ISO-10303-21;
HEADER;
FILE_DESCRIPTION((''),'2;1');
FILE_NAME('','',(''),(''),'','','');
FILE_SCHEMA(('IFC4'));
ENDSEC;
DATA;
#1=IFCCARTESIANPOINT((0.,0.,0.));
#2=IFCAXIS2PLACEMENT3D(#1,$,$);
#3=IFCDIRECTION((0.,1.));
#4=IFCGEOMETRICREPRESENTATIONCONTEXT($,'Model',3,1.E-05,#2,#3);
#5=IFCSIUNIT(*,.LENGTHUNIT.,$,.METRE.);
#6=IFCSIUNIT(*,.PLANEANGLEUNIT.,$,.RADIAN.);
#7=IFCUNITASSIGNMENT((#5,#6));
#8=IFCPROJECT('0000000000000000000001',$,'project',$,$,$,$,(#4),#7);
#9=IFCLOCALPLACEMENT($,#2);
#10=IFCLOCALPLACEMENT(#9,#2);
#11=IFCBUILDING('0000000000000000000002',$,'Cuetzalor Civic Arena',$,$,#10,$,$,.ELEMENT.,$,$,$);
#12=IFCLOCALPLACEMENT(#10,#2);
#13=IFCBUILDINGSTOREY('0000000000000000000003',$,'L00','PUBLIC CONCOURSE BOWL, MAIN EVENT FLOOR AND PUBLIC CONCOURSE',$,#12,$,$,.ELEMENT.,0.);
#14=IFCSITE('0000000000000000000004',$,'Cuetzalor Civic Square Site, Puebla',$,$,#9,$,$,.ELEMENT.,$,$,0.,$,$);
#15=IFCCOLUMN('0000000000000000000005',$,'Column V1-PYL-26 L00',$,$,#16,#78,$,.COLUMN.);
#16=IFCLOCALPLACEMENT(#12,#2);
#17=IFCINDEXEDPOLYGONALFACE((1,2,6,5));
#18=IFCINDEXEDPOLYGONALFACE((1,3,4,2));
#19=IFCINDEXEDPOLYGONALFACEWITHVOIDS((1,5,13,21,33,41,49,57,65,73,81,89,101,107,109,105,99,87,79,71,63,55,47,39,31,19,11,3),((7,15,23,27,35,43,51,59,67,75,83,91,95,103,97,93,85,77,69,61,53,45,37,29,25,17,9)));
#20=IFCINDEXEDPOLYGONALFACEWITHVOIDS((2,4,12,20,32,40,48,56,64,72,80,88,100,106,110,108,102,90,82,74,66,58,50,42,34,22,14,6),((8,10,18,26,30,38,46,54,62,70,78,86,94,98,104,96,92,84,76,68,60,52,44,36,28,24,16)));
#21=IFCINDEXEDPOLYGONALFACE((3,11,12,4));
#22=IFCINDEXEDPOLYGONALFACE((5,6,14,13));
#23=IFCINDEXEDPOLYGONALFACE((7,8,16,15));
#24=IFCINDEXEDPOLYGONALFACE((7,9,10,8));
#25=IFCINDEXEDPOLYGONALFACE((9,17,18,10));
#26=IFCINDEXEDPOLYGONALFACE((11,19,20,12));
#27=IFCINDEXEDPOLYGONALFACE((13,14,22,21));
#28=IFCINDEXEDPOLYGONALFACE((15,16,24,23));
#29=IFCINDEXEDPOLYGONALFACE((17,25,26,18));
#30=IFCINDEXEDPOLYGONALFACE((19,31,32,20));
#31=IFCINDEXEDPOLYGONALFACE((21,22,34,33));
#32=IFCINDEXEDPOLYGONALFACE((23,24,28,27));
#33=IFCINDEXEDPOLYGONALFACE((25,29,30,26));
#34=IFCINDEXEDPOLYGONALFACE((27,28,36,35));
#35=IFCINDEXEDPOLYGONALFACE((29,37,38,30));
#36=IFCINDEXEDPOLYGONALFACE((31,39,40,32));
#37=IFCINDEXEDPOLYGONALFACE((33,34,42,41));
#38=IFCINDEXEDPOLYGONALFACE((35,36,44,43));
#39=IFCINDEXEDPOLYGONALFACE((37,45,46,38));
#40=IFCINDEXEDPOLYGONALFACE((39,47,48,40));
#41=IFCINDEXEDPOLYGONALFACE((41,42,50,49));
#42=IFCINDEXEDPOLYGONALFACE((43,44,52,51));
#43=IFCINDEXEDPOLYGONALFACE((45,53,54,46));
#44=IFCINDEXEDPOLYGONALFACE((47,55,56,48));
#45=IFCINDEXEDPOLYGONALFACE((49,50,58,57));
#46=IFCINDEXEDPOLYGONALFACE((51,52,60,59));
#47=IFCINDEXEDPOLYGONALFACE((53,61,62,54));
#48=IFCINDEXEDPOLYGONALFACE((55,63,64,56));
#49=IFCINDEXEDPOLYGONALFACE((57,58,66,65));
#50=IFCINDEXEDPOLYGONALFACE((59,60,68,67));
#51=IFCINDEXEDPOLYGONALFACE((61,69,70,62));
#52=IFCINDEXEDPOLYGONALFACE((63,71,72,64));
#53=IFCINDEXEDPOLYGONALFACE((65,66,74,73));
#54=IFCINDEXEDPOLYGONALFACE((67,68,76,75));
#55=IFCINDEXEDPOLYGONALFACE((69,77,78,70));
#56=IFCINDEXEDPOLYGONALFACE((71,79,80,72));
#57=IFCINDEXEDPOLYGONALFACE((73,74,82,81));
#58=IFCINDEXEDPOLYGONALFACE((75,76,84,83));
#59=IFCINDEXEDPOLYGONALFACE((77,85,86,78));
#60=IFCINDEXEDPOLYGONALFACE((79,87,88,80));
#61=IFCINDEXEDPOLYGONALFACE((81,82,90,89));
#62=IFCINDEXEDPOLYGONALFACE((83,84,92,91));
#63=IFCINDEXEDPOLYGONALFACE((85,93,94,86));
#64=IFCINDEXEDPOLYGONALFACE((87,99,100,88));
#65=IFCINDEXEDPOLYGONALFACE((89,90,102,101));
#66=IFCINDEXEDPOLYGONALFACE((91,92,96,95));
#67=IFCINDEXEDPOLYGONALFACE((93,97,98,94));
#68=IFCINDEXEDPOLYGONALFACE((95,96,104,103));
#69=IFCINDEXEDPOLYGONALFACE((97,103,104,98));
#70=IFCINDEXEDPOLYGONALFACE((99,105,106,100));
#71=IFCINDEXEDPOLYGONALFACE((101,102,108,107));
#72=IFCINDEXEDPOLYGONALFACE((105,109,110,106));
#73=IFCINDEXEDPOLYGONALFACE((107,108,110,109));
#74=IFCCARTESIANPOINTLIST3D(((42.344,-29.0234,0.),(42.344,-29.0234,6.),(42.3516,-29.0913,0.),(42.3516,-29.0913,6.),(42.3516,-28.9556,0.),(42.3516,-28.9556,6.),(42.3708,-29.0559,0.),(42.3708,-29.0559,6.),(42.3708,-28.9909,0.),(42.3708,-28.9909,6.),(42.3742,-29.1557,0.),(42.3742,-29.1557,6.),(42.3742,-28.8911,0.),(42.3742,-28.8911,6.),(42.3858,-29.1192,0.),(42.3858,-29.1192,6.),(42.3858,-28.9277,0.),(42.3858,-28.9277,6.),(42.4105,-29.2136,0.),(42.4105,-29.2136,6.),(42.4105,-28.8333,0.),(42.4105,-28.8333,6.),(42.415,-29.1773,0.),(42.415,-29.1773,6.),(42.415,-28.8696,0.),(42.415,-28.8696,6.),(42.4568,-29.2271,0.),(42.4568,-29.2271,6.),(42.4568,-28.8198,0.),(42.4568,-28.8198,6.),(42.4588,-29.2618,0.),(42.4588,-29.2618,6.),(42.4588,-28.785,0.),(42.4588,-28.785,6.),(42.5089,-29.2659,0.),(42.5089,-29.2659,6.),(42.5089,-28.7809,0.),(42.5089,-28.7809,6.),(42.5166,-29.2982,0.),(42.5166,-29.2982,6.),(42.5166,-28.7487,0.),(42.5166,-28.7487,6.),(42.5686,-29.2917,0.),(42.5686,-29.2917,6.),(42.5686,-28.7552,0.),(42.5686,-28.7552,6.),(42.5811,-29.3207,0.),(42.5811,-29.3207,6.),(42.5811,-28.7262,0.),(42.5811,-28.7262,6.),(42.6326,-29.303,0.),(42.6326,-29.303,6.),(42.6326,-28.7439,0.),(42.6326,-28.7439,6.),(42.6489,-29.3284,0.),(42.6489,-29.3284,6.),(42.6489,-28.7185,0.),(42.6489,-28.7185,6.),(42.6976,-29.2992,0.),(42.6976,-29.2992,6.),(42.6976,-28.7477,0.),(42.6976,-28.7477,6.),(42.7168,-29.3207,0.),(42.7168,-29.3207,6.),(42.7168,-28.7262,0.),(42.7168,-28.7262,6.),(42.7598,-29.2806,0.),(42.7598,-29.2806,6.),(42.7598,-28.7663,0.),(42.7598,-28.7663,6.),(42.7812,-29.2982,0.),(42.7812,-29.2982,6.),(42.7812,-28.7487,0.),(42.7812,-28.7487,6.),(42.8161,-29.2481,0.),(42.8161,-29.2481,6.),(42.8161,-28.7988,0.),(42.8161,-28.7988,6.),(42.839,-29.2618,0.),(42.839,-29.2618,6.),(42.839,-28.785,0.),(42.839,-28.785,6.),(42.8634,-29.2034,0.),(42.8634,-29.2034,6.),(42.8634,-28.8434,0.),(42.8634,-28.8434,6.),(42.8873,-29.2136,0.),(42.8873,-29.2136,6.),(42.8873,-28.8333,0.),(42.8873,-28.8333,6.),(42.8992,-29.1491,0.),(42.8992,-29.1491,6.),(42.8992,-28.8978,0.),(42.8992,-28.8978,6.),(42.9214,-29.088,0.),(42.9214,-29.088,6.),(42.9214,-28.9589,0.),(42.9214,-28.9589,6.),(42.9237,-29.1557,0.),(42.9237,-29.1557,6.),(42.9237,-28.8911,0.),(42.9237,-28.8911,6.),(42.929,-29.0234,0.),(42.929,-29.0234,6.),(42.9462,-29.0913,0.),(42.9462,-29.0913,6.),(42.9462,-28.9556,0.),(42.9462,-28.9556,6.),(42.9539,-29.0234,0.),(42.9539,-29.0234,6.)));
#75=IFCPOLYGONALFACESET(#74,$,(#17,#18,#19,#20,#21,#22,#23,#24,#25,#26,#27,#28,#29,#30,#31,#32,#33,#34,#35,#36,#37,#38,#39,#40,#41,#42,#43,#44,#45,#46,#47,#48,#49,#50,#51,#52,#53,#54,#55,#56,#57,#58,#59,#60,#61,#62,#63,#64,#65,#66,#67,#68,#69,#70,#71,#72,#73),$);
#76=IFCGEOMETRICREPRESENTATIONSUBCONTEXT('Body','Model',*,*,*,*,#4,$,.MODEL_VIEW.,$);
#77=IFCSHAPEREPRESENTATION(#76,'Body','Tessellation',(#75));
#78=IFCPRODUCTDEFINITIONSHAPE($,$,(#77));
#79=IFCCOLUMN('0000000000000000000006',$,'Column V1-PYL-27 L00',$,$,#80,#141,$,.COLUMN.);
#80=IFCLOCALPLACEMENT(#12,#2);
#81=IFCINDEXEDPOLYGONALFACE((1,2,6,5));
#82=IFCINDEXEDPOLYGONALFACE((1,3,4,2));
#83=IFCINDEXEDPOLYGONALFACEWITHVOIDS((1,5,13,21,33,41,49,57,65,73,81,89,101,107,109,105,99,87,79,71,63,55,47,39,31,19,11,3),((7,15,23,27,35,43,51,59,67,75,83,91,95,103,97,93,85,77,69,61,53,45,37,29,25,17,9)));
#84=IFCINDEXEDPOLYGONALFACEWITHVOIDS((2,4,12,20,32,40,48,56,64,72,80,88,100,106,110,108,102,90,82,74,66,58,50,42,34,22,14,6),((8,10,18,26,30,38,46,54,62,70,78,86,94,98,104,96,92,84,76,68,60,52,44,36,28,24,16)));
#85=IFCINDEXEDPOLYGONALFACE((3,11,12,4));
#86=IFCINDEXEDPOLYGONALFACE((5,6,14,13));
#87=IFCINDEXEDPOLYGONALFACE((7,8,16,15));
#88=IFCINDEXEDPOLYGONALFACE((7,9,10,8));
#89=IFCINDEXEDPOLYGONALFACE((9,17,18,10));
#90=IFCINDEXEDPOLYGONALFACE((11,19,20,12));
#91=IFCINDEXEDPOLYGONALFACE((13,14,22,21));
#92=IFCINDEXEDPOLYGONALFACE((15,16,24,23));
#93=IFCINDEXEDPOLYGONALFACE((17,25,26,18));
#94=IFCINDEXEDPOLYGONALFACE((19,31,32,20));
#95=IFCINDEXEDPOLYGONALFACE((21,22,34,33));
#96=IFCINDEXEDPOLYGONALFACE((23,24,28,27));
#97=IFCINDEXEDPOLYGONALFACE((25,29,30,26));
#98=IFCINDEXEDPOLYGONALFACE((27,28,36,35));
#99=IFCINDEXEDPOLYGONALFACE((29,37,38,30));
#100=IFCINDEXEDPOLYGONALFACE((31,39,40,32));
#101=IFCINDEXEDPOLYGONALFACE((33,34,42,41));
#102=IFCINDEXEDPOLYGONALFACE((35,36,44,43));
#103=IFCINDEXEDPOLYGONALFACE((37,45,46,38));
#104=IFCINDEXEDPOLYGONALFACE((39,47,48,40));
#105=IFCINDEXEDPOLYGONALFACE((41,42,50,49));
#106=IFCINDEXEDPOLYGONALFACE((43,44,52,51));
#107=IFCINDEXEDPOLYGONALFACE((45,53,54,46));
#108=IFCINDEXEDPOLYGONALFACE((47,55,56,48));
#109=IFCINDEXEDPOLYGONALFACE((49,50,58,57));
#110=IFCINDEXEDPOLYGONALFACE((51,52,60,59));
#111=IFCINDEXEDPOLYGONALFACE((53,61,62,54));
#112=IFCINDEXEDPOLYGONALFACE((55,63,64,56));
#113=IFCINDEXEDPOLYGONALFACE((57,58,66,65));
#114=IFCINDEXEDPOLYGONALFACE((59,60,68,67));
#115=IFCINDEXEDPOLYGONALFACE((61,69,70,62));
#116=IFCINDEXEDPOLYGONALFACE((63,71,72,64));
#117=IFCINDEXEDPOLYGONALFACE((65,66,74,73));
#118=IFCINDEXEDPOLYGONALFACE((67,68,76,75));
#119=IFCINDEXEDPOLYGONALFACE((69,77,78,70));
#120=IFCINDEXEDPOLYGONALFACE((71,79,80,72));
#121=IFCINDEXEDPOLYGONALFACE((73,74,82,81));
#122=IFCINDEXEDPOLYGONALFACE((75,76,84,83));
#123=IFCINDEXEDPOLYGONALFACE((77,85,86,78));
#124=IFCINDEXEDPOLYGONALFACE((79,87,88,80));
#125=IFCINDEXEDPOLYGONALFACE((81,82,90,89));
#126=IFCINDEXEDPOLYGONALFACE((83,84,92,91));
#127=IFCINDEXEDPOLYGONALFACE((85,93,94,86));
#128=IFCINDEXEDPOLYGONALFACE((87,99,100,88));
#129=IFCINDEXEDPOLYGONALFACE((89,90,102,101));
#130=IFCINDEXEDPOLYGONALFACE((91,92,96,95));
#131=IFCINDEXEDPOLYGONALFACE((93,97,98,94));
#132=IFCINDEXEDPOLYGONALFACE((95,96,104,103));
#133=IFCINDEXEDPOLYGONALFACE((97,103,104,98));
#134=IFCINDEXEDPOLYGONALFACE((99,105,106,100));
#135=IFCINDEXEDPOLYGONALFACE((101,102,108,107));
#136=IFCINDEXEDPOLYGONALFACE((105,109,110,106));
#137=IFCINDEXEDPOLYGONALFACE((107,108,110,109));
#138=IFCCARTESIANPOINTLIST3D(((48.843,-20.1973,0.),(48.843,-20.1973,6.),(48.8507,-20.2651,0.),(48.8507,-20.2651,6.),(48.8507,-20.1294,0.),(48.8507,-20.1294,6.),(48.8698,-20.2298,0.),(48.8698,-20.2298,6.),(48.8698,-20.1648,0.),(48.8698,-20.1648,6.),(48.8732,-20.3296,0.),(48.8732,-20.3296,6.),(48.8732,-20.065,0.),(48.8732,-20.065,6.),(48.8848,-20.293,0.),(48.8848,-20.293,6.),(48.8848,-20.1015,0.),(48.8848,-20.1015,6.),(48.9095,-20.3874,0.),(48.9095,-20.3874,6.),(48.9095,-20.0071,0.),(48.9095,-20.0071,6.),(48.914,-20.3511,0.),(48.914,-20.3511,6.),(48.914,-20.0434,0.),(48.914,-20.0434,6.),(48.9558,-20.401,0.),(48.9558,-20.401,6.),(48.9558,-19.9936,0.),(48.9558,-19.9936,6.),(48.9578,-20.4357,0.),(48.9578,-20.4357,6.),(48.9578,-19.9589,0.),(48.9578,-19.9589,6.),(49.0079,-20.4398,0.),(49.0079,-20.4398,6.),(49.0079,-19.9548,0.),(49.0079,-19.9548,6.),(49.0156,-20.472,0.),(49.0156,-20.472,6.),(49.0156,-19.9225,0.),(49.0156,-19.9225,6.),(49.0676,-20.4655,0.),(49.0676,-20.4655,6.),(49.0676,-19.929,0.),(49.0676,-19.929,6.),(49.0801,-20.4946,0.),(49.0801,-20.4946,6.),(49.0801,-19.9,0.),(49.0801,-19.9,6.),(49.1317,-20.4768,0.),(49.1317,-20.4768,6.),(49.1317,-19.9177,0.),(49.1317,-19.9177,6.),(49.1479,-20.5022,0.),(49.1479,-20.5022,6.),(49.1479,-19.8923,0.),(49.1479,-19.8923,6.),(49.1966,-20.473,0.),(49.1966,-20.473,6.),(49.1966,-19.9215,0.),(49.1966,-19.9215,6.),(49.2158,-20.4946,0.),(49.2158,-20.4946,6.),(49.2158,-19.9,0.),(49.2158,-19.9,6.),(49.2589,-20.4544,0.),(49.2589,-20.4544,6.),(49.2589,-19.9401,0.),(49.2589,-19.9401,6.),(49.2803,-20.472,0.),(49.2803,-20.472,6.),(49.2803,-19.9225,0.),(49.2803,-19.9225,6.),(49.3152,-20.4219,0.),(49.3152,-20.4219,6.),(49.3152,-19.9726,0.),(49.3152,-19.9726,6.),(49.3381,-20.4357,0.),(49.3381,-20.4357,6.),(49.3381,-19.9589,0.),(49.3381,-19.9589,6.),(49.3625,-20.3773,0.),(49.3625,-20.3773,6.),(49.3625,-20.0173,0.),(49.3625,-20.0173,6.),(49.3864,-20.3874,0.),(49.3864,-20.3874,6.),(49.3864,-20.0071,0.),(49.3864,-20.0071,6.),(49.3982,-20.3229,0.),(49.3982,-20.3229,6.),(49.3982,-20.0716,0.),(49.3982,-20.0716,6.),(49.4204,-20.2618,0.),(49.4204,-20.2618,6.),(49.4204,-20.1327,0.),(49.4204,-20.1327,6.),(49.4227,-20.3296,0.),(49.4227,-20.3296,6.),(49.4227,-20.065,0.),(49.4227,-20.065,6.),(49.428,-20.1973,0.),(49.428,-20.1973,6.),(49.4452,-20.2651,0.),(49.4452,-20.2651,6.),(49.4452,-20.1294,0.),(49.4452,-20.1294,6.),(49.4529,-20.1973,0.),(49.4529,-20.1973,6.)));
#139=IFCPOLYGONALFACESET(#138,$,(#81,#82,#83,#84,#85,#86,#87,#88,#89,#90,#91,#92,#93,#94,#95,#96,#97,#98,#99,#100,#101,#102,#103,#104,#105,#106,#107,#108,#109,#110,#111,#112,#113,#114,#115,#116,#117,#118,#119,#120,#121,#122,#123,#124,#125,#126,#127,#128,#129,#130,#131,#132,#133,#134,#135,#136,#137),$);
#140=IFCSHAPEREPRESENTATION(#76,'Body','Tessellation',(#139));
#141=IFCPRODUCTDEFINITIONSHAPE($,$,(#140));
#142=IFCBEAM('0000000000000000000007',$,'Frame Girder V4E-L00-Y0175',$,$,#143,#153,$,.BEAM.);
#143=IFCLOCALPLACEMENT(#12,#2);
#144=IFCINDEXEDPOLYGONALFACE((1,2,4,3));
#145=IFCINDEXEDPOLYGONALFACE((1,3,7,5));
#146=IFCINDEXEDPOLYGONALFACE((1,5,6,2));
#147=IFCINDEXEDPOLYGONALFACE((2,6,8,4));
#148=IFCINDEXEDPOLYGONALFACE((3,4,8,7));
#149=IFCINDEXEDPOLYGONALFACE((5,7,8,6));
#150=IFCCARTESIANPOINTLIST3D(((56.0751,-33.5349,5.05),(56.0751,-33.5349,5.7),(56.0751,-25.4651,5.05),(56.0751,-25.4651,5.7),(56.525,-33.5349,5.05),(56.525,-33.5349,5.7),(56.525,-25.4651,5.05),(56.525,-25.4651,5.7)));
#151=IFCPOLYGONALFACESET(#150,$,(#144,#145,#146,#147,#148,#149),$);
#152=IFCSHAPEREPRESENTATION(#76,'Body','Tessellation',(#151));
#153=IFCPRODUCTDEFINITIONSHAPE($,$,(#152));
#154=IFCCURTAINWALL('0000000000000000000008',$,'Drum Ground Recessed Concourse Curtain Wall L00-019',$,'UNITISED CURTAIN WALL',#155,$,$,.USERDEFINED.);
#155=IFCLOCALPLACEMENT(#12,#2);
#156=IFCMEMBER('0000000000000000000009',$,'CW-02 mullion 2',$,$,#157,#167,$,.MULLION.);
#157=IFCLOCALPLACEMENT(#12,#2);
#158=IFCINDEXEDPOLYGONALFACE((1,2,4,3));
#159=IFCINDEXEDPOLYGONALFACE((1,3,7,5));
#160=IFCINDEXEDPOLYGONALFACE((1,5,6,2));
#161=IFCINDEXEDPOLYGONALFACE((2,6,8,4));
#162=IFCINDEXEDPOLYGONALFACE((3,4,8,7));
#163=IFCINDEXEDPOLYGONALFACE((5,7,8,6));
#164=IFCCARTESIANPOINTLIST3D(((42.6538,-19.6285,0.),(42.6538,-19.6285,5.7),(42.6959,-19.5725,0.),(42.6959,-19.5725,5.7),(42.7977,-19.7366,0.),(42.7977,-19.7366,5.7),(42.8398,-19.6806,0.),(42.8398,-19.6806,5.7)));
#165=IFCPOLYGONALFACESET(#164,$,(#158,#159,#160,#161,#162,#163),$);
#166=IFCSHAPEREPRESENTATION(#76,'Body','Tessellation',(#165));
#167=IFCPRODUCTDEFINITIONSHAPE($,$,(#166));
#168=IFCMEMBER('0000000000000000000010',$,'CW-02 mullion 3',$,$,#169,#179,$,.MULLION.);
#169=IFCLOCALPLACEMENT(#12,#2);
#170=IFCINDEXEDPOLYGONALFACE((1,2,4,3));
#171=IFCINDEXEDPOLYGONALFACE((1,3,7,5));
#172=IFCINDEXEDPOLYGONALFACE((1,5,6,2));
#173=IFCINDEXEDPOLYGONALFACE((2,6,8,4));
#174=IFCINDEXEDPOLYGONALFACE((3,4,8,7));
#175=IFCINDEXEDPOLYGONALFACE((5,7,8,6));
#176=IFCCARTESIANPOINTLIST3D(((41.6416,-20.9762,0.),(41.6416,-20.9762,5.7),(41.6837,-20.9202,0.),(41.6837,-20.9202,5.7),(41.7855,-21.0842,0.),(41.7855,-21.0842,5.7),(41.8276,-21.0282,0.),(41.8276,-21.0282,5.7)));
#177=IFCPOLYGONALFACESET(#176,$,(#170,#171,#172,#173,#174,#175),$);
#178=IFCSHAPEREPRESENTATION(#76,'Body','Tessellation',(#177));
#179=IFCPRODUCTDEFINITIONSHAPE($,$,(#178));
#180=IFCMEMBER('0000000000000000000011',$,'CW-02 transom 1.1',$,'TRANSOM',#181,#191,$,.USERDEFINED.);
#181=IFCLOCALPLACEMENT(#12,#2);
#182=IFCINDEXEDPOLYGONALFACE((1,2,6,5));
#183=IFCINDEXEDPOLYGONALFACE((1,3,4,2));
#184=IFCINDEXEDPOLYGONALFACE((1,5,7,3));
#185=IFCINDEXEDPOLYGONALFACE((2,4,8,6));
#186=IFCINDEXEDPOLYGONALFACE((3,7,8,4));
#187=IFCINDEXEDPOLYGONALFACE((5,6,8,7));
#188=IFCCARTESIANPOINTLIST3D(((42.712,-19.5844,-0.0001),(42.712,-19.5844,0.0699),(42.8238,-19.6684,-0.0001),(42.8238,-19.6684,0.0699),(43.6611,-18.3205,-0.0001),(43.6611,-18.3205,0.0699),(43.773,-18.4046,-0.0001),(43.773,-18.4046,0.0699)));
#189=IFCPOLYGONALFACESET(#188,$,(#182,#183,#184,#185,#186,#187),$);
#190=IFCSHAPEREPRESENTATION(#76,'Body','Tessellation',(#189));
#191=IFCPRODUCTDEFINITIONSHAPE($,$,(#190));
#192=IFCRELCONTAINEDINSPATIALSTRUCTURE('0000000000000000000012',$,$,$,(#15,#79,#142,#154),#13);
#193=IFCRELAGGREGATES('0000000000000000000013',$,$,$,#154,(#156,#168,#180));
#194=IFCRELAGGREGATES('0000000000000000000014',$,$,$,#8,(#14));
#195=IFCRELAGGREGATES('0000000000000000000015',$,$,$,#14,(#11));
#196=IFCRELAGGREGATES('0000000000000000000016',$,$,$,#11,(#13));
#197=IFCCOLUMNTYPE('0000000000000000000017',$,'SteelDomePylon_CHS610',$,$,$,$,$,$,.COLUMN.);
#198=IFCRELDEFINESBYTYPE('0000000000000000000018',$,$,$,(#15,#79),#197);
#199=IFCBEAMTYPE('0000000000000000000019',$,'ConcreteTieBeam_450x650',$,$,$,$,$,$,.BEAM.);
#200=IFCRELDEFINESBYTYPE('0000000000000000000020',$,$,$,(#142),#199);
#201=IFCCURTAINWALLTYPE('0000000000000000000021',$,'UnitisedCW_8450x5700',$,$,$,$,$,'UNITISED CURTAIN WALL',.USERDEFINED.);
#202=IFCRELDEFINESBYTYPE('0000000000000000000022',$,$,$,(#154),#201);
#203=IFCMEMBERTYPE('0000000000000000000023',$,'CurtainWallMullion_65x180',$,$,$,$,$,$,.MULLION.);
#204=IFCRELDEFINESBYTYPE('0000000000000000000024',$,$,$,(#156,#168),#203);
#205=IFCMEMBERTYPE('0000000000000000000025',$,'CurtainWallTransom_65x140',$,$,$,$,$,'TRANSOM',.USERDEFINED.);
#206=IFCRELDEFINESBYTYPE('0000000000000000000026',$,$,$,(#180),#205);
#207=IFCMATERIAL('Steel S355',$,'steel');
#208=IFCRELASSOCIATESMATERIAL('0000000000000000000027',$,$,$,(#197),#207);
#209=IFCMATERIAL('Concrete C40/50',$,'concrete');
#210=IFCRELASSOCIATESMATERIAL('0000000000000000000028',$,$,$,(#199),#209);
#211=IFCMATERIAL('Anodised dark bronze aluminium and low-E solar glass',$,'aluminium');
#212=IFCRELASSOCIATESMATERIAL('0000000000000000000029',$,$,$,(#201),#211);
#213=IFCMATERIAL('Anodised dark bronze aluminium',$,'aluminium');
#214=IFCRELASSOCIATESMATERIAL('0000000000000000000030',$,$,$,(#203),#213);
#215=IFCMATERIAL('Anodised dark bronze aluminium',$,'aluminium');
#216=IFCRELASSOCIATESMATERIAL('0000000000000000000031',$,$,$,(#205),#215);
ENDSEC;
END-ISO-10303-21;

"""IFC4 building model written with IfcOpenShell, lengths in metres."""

from ifc_helpers import new_model, si_unit, direction, frame, origin, origin_2d, place, context, subcontext, project, spatial, rectangle, hollow_circle, extrude, material, material_profile, profile_set, type_object, element, aggregate, save


model = new_model("IFC4")

# Units and contexts
model_context = context("Model", 3, precision=1e-05, world=origin(), true_north=direction((0.0, 1.0)))
body_context = subcontext(model_context, "Body", "Model", "MODEL_VIEW")
ifc_project = project(units=[si_unit("LENGTHUNIT", "METRE"), si_unit("PLANEANGLEUNIT", "RADIAN")], contexts=[model_context])

# Site, building, storey
site_placement = place(None, origin())
site = spatial("IfcSite", under=ifc_project, at=site_placement, Name="Cuetzalor Civic Square Site, Puebla", CompositionType="ELEMENT", RefElevation=0.0)
building_placement = place(site_placement, origin())
building = spatial("IfcBuilding", under=site, at=building_placement, Name="Cuetzalor Civic Arena", CompositionType="ELEMENT")
storey_placement = place(building_placement, origin())
storey = spatial("IfcBuildingStorey", under=building, at=storey_placement, Name="L00", Description="PUBLIC CONCOURSE BOWL, MAIN EVENT FLOOR AND PUBLIC CONCOURSE", CompositionType="ELEMENT", Elevation=0.0)

# Columns
ifc_material_1 = material(Name="Steel S355", Category="steel")
ifc_material_profile_1 = material_profile(ifc_material_1, hollow_circle(Radius=0.3049, WallThickness=0.0249, at=origin_2d()), Name="CHS 610x25")
ifc_profile_set_1 = profile_set([ifc_material_profile_1], Name="Steel S355")
column_type = type_object("IfcColumnType", Name="SteelDomePylon_CHS610", PredefinedType="COLUMN", material=ifc_profile_set_1)
for number, where, z_axis, x_axis, name in (
    (1, (42.6489, -29.0234, 0.0), (0.0, 0.0, 1.0), (1.0, 0.0, 0.0), "Column V1-PYL-26 L00"),
    (2, (49.1479, -20.1973, 0.0), (0.0, 0.0, 1.0), (1.0, 0.0, 0.0), "Column V1-PYL-27 L00"),
):
    element("IfcColumn", number, at=place(storey_placement, frame(where, z_axis=z_axis, x_axis=x_axis)), inside=storey, type_object=column_type, Name=name, PredefinedType="COLUMN", context=body_context, shape_type="SweptSolid", body=[
        extrude(hollow_circle(Radius=0.3049, WallThickness=0.0249, at=origin_2d()), origin(), (0.0, 0.0, 1.0), 6.0),
    ])

# Beam
ifc_material_2 = material(Name="Concrete C40/50", Category="concrete")
ifc_material_profile_2 = material_profile(ifc_material_2, rectangle(XDim=0.45, YDim=0.6499, at=origin_2d()), Name="RC 450x650")
ifc_profile_set_2 = profile_set([ifc_material_profile_2], Name="Concrete C40/50")
beam_type_1 = type_object("IfcBeamType", Name="ConcreteTieBeam_450x650", PredefinedType="BEAM", material=ifc_profile_set_2)
beam_1_placement = place(storey_placement, frame((56.3, -33.5349, 5.375), z_axis=(0.0, 1.0, 0.0), x_axis=(-1.0, 0.0, 0.0)))
element("IfcBeam", 3, at=beam_1_placement, inside=storey, type_object=beam_type_1, Name="Frame Girder V4E-L00-Y0175", PredefinedType="BEAM", context=body_context, shape_type="SweptSolid", body=[
    extrude(rectangle(XDim=0.45, YDim=0.6499, at=origin_2d()), origin(), (0.0, 0.0, 1.0), 8.0698),
])

# Curtain wall, members
ifc_material_3 = material(Name="Anodised dark bronze aluminium and low-E solar glass", Category="aluminium")
curtain_wall_type = type_object("IfcCurtainWallType", Name="UnitisedCW_8450x5700", ElementType="UNITISED CURTAIN WALL", PredefinedType="USERDEFINED", material=ifc_material_3)
curtain_wall_placement = place(storey_placement, origin())
curtain_wall = element("IfcCurtainWall", 4, at=curtain_wall_placement, inside=storey, type_object=curtain_wall_type, Name="Drum Ground Recessed Concourse Curtain Wall L00-019", ObjectType="UNITISED CURTAIN WALL", PredefinedType="USERDEFINED")
ifc_material_4 = material(Name="Anodised dark bronze aluminium", Category="aluminium")
ifc_material_profile_3 = material_profile(ifc_material_4, rectangle(XDim=0.0701, YDim=0.1799, at=origin_2d()), Name="ALU MULLION 70x180")
ifc_profile_set_3 = profile_set([ifc_material_profile_3], Name="Anodised dark bronze aluminium")
member_type_1 = type_object("IfcMemberType", Name="CurtainWallMullion_65x180", PredefinedType="MULLION", material=ifc_profile_set_3)
member_1_placement = place(storey_placement, frame((42.7468, -19.6545, 0.0), z_axis=(0.0, 0.0, 1.0), x_axis=(-0.600492, -0.799631, 0.0)))
member_1 = element("IfcMember", 5, at=member_1_placement, type_object=member_type_1, Name="CW-02 mullion 2", PredefinedType="MULLION", context=body_context, shape_type="SweptSolid", body=[
    extrude(rectangle(XDim=0.0701, YDim=0.1799, at=origin_2d()), origin(), (0.0, 0.0, 1.0), 5.7),
])
member_2_placement = place(storey_placement, frame((41.7346, -21.0022, 0.0), z_axis=(0.0, 0.0, 1.0), x_axis=(-0.600492, -0.799631, 0.0)))
member_2 = element("IfcMember", 6, at=member_2_placement, type_object=member_type_1, Name="CW-02 mullion 3", PredefinedType="MULLION", context=body_context, shape_type="SweptSolid", body=[
    extrude(rectangle(XDim=0.0701, YDim=0.1799, at=origin_2d()), origin(), (0.0, 0.0, 1.0), 5.7),
])
ifc_material_5 = material(Name="Anodised dark bronze aluminium", Category="aluminium")
ifc_material_profile_4 = material_profile(ifc_material_5, rectangle(XDim=0.1399, YDim=0.0701, at=origin_2d()), Name="ALU TRANSOM 70x140")
ifc_profile_set_4 = profile_set([ifc_material_profile_4], Name="Anodised dark bronze aluminium")
member_type_2 = type_object("IfcMemberType", Name="CurtainWallTransom_65x140", ElementType="TRANSOM", PredefinedType="USERDEFINED", material=ifc_profile_set_4)
member_3_placement = place(storey_placement, frame((43.717, -18.3625, 0.0349), z_axis=(-0.600519, -0.799611, 0.0), x_axis=(0.799611, -0.600519, 0.0)))
member_3 = element("IfcMember", 7, at=member_3_placement, type_object=member_type_2, Name="CW-02 transom 1.1", ObjectType="TRANSOM", PredefinedType="USERDEFINED", context=body_context, shape_type="SweptSolid", body=[
    extrude(rectangle(XDim=0.1399, YDim=0.0701, at=origin_2d()), origin(), (0.0, 0.0, 1.0), 1.5806),
])

aggregate(curtain_wall, [member_1, member_2, member_3])

save(model, "model.ifc")
